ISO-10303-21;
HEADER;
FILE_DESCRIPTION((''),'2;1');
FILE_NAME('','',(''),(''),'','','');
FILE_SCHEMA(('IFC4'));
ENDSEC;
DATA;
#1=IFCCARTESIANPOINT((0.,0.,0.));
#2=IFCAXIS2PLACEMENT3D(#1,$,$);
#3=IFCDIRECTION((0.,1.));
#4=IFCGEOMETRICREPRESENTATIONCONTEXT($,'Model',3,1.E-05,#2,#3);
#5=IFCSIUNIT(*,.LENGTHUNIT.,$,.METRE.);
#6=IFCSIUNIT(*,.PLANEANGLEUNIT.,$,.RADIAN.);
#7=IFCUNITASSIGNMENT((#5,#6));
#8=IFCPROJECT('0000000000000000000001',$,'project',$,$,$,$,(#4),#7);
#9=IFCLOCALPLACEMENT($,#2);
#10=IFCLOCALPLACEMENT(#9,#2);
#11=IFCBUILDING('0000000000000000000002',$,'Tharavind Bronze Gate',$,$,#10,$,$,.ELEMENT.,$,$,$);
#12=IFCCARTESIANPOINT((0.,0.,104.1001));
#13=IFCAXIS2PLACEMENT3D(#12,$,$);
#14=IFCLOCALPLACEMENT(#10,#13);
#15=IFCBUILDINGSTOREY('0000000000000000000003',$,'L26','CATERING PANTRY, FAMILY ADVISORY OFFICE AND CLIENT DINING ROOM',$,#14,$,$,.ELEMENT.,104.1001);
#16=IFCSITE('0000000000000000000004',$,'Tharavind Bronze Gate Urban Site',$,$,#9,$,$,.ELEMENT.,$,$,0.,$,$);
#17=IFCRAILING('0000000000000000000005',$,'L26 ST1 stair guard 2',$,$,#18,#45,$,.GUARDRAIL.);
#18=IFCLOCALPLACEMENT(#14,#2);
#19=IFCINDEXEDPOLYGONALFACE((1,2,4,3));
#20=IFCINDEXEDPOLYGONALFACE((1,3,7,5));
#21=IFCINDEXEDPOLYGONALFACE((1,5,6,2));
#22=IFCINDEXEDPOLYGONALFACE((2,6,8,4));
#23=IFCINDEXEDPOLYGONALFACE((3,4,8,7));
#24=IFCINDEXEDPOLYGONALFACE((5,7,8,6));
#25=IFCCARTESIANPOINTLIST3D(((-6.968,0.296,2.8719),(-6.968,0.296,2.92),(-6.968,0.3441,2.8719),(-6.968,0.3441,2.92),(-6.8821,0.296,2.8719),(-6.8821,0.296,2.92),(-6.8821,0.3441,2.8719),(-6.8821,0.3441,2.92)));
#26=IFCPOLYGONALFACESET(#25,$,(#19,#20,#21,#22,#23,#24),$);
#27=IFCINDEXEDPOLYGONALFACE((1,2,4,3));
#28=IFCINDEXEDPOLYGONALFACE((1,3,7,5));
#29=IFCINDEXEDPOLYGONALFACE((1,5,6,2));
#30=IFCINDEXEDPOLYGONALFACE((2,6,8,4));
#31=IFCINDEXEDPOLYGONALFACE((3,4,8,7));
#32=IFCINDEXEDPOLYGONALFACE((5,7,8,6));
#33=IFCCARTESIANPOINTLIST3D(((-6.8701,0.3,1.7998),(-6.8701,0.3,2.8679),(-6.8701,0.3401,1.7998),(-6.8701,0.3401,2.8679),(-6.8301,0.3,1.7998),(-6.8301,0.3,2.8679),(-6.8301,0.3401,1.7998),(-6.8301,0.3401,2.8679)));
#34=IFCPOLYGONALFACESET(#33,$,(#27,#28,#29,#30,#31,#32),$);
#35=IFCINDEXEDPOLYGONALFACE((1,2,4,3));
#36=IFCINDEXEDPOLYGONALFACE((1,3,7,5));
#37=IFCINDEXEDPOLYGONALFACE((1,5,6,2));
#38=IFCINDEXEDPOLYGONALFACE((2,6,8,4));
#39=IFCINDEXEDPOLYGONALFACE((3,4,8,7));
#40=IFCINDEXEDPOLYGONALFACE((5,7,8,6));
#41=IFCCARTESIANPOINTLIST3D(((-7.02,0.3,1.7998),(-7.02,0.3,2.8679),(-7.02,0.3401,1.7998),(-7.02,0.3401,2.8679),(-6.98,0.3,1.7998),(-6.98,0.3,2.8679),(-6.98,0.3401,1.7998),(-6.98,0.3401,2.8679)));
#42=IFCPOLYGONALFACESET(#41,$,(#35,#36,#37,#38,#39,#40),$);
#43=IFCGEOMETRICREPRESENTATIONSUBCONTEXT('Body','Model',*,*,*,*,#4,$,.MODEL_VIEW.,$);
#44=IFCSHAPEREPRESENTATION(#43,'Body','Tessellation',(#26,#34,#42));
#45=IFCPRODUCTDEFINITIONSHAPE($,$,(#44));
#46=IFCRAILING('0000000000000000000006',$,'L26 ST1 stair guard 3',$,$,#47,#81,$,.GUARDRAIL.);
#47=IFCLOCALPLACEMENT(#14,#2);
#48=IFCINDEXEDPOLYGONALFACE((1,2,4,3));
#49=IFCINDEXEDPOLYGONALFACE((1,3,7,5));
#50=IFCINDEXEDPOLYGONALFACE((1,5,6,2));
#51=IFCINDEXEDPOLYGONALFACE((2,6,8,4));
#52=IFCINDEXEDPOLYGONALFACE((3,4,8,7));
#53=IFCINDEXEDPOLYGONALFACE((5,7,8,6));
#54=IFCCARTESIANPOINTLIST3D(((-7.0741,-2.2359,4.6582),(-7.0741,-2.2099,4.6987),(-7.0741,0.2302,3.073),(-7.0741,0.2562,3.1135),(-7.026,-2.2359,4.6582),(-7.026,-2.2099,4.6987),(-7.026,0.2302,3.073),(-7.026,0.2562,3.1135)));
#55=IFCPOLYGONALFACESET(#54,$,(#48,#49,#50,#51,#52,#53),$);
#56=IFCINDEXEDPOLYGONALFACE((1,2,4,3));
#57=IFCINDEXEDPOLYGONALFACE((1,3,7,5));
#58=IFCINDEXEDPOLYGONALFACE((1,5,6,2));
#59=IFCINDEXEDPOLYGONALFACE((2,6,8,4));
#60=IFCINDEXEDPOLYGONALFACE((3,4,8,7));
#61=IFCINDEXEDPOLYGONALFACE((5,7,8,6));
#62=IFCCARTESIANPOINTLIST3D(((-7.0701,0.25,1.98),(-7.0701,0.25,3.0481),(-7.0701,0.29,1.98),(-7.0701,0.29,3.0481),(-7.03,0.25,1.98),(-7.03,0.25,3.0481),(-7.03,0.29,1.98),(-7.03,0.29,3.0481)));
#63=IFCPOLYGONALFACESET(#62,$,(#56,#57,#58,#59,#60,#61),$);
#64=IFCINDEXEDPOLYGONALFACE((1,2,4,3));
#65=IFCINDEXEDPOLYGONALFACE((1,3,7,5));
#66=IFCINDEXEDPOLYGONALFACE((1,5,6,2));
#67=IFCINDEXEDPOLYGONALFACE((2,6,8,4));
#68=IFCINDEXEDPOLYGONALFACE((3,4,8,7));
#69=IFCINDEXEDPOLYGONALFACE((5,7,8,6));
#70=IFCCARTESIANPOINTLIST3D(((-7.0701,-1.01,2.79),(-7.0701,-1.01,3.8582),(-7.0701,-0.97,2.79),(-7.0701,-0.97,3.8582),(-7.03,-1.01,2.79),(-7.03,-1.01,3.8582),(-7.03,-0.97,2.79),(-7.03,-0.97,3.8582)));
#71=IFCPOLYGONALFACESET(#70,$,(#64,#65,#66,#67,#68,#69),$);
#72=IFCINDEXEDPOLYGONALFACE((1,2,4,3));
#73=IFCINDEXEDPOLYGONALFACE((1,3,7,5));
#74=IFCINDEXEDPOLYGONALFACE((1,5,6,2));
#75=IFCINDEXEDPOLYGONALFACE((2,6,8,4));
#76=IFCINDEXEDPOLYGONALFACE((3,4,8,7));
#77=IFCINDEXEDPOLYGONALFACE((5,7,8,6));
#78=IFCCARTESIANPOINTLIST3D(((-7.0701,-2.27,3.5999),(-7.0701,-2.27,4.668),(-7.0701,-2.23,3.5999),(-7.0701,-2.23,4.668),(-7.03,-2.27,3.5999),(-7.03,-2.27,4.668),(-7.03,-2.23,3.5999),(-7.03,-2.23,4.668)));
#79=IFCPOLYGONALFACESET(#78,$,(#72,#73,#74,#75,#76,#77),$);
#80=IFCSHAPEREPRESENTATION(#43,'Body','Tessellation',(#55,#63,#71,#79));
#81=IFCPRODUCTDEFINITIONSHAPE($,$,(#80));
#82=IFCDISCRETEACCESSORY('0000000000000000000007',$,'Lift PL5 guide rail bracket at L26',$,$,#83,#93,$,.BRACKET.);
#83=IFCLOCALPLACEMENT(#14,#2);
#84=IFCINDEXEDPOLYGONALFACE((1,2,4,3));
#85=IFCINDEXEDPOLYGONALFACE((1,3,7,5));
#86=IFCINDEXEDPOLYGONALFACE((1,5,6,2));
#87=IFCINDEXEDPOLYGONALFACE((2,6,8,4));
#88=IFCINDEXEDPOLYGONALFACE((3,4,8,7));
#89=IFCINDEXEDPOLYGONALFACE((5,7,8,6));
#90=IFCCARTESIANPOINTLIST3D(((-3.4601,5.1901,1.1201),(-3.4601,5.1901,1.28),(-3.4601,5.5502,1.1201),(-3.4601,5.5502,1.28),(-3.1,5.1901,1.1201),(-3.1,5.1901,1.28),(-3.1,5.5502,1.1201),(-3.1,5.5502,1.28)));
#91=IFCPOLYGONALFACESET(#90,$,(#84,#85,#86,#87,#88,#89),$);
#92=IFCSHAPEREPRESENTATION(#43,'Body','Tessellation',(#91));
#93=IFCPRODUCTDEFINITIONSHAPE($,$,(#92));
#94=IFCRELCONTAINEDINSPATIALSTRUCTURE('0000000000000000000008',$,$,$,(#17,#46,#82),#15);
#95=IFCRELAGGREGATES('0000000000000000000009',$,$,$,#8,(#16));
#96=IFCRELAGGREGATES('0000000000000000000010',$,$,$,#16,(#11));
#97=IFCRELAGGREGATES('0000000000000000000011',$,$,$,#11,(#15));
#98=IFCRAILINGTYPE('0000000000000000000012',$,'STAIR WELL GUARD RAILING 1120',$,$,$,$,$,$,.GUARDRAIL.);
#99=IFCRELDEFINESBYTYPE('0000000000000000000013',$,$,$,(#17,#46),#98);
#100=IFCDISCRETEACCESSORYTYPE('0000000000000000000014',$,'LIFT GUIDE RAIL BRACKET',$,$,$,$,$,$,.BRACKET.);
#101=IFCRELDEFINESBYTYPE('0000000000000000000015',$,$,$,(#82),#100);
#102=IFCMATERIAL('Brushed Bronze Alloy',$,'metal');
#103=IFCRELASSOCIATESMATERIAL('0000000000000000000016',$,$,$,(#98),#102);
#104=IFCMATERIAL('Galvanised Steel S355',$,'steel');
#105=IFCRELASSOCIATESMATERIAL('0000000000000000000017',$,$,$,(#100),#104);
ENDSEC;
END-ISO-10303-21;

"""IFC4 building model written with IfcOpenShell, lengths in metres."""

from ifc_helpers import new_model, si_unit, direction, frame, origin, origin_2d, place, context, subcontext, project, spatial, rectangle, extrude, material, type_object, element, save


model = new_model("IFC4")

# Units and contexts
model_context = context("Model", 3, precision=1e-05, world=origin(), true_north=direction((0.0, 1.0)))
body_context = subcontext(model_context, "Body", "Model", "MODEL_VIEW")
ifc_project = project(units=[si_unit("LENGTHUNIT", "METRE"), si_unit("PLANEANGLEUNIT", "RADIAN")], contexts=[model_context])

# Site, building, storey
site_placement = place(None, origin())
site = spatial("IfcSite", under=ifc_project, at=site_placement, Name="Tharavind Bronze Gate Urban Site", CompositionType="ELEMENT", RefElevation=0.0)
building_placement = place(site_placement, origin())
building = spatial("IfcBuilding", under=site, at=building_placement, Name="Tharavind Bronze Gate", CompositionType="ELEMENT")
storey_placement = place(building_placement, frame((0.0, 0.0, 104.1001)))
storey = spatial("IfcBuildingStorey", under=building, at=storey_placement, Name="L26", Description="CATERING PANTRY, FAMILY ADVISORY OFFICE AND CLIENT DINING ROOM", CompositionType="ELEMENT", Elevation=104.1001)

# Railings
ifc_material_1 = material(Name="Brushed Bronze Alloy", Category="metal")
railing_type_1 = type_object("IfcRailingType", Name="STAIR WELL GUARD RAILING 1120", PredefinedType="GUARDRAIL", material=ifc_material_1)
railing_1_placement = place(storey_placement, frame((-6.8501, 0.3201, 1.7998)))
element("IfcRailing", 1, at=railing_1_placement, inside=storey, type_object=railing_type_1, Name="L26 ST1 stair guard 2", PredefinedType="GUARDRAIL", context=body_context, shape_type="SweptSolid", body=[
    extrude(rectangle(XDim=0.0481, YDim=0.0481, at=origin_2d()), frame((-0.032, 0.0, 1.0962), z_axis=(-1.0, 0.0, 0.0), x_axis=(0.0, -1.0, 0.0)), (0.0, 0.0, 1.0), 0.0859),
    extrude(rectangle(XDim=0.04, YDim=0.04, at=origin_2d()), origin(), (0.0, 0.0, 1.0), 1.0681),
    extrude(rectangle(XDim=0.04, YDim=0.04, at=origin_2d()), frame((-0.1499, 0.0, 0.0)), (0.0, 0.0, 1.0), 1.0681),
])
railing_2_placement = place(storey_placement, frame((-7.05, 0.27, 1.98)))
element("IfcRailing", 2, at=railing_2_placement, inside=storey, type_object=railing_type_1, Name="L26 ST1 stair guard 3", PredefinedType="GUARDRAIL", context=body_context, shape_type="SweptSolid", body=[
    extrude(rectangle(XDim=0.0481, YDim=0.0481, at=origin_2d()), frame((0.0, -0.0269, 1.1133), z_axis=(0.0, -0.8412, 0.540725), x_axis=(1.0, 0.0, 0.0)), (0.0, 0.0, 1.0), 2.9316),
    extrude(rectangle(XDim=0.04, YDim=0.04, at=origin_2d()), origin(), (0.0, 0.0, 1.0), 1.0681),
    extrude(rectangle(XDim=0.04, YDim=0.04, at=origin_2d()), frame((0.0, -1.26, 0.8101)), (0.0, 0.0, 1.0), 1.0681),
    extrude(rectangle(XDim=0.04, YDim=0.04, at=origin_2d()), frame((0.0, -2.52, 1.6199)), (0.0, 0.0, 1.0), 1.0681),
])

# Discrete accessory
ifc_material_2 = material(Name="Galvanised Steel S355", Category="steel")
discrete_accessory_type = type_object("IfcDiscreteAccessoryType", Name="LIFT GUIDE RAIL BRACKET", PredefinedType="BRACKET", material=ifc_material_2)
discrete_accessory_placement = place(storey_placement, frame((-3.28, 5.3701, 1.1201), z_axis=(0.0, 0.0, 1.0), x_axis=(1.0, 0.0, 0.0)))
element("IfcDiscreteAccessory", 3, at=discrete_accessory_placement, inside=storey, type_object=discrete_accessory_type, Name="Lift PL5 guide rail bracket at L26", PredefinedType="BRACKET", context=body_context, shape_type="SweptSolid", body=[
    extrude(rectangle(XDim=0.3601, YDim=0.3601, at=origin_2d()), origin(), (0.0, 0.0, 1.0), 0.1599),
])

save(model, "model.ifc")
